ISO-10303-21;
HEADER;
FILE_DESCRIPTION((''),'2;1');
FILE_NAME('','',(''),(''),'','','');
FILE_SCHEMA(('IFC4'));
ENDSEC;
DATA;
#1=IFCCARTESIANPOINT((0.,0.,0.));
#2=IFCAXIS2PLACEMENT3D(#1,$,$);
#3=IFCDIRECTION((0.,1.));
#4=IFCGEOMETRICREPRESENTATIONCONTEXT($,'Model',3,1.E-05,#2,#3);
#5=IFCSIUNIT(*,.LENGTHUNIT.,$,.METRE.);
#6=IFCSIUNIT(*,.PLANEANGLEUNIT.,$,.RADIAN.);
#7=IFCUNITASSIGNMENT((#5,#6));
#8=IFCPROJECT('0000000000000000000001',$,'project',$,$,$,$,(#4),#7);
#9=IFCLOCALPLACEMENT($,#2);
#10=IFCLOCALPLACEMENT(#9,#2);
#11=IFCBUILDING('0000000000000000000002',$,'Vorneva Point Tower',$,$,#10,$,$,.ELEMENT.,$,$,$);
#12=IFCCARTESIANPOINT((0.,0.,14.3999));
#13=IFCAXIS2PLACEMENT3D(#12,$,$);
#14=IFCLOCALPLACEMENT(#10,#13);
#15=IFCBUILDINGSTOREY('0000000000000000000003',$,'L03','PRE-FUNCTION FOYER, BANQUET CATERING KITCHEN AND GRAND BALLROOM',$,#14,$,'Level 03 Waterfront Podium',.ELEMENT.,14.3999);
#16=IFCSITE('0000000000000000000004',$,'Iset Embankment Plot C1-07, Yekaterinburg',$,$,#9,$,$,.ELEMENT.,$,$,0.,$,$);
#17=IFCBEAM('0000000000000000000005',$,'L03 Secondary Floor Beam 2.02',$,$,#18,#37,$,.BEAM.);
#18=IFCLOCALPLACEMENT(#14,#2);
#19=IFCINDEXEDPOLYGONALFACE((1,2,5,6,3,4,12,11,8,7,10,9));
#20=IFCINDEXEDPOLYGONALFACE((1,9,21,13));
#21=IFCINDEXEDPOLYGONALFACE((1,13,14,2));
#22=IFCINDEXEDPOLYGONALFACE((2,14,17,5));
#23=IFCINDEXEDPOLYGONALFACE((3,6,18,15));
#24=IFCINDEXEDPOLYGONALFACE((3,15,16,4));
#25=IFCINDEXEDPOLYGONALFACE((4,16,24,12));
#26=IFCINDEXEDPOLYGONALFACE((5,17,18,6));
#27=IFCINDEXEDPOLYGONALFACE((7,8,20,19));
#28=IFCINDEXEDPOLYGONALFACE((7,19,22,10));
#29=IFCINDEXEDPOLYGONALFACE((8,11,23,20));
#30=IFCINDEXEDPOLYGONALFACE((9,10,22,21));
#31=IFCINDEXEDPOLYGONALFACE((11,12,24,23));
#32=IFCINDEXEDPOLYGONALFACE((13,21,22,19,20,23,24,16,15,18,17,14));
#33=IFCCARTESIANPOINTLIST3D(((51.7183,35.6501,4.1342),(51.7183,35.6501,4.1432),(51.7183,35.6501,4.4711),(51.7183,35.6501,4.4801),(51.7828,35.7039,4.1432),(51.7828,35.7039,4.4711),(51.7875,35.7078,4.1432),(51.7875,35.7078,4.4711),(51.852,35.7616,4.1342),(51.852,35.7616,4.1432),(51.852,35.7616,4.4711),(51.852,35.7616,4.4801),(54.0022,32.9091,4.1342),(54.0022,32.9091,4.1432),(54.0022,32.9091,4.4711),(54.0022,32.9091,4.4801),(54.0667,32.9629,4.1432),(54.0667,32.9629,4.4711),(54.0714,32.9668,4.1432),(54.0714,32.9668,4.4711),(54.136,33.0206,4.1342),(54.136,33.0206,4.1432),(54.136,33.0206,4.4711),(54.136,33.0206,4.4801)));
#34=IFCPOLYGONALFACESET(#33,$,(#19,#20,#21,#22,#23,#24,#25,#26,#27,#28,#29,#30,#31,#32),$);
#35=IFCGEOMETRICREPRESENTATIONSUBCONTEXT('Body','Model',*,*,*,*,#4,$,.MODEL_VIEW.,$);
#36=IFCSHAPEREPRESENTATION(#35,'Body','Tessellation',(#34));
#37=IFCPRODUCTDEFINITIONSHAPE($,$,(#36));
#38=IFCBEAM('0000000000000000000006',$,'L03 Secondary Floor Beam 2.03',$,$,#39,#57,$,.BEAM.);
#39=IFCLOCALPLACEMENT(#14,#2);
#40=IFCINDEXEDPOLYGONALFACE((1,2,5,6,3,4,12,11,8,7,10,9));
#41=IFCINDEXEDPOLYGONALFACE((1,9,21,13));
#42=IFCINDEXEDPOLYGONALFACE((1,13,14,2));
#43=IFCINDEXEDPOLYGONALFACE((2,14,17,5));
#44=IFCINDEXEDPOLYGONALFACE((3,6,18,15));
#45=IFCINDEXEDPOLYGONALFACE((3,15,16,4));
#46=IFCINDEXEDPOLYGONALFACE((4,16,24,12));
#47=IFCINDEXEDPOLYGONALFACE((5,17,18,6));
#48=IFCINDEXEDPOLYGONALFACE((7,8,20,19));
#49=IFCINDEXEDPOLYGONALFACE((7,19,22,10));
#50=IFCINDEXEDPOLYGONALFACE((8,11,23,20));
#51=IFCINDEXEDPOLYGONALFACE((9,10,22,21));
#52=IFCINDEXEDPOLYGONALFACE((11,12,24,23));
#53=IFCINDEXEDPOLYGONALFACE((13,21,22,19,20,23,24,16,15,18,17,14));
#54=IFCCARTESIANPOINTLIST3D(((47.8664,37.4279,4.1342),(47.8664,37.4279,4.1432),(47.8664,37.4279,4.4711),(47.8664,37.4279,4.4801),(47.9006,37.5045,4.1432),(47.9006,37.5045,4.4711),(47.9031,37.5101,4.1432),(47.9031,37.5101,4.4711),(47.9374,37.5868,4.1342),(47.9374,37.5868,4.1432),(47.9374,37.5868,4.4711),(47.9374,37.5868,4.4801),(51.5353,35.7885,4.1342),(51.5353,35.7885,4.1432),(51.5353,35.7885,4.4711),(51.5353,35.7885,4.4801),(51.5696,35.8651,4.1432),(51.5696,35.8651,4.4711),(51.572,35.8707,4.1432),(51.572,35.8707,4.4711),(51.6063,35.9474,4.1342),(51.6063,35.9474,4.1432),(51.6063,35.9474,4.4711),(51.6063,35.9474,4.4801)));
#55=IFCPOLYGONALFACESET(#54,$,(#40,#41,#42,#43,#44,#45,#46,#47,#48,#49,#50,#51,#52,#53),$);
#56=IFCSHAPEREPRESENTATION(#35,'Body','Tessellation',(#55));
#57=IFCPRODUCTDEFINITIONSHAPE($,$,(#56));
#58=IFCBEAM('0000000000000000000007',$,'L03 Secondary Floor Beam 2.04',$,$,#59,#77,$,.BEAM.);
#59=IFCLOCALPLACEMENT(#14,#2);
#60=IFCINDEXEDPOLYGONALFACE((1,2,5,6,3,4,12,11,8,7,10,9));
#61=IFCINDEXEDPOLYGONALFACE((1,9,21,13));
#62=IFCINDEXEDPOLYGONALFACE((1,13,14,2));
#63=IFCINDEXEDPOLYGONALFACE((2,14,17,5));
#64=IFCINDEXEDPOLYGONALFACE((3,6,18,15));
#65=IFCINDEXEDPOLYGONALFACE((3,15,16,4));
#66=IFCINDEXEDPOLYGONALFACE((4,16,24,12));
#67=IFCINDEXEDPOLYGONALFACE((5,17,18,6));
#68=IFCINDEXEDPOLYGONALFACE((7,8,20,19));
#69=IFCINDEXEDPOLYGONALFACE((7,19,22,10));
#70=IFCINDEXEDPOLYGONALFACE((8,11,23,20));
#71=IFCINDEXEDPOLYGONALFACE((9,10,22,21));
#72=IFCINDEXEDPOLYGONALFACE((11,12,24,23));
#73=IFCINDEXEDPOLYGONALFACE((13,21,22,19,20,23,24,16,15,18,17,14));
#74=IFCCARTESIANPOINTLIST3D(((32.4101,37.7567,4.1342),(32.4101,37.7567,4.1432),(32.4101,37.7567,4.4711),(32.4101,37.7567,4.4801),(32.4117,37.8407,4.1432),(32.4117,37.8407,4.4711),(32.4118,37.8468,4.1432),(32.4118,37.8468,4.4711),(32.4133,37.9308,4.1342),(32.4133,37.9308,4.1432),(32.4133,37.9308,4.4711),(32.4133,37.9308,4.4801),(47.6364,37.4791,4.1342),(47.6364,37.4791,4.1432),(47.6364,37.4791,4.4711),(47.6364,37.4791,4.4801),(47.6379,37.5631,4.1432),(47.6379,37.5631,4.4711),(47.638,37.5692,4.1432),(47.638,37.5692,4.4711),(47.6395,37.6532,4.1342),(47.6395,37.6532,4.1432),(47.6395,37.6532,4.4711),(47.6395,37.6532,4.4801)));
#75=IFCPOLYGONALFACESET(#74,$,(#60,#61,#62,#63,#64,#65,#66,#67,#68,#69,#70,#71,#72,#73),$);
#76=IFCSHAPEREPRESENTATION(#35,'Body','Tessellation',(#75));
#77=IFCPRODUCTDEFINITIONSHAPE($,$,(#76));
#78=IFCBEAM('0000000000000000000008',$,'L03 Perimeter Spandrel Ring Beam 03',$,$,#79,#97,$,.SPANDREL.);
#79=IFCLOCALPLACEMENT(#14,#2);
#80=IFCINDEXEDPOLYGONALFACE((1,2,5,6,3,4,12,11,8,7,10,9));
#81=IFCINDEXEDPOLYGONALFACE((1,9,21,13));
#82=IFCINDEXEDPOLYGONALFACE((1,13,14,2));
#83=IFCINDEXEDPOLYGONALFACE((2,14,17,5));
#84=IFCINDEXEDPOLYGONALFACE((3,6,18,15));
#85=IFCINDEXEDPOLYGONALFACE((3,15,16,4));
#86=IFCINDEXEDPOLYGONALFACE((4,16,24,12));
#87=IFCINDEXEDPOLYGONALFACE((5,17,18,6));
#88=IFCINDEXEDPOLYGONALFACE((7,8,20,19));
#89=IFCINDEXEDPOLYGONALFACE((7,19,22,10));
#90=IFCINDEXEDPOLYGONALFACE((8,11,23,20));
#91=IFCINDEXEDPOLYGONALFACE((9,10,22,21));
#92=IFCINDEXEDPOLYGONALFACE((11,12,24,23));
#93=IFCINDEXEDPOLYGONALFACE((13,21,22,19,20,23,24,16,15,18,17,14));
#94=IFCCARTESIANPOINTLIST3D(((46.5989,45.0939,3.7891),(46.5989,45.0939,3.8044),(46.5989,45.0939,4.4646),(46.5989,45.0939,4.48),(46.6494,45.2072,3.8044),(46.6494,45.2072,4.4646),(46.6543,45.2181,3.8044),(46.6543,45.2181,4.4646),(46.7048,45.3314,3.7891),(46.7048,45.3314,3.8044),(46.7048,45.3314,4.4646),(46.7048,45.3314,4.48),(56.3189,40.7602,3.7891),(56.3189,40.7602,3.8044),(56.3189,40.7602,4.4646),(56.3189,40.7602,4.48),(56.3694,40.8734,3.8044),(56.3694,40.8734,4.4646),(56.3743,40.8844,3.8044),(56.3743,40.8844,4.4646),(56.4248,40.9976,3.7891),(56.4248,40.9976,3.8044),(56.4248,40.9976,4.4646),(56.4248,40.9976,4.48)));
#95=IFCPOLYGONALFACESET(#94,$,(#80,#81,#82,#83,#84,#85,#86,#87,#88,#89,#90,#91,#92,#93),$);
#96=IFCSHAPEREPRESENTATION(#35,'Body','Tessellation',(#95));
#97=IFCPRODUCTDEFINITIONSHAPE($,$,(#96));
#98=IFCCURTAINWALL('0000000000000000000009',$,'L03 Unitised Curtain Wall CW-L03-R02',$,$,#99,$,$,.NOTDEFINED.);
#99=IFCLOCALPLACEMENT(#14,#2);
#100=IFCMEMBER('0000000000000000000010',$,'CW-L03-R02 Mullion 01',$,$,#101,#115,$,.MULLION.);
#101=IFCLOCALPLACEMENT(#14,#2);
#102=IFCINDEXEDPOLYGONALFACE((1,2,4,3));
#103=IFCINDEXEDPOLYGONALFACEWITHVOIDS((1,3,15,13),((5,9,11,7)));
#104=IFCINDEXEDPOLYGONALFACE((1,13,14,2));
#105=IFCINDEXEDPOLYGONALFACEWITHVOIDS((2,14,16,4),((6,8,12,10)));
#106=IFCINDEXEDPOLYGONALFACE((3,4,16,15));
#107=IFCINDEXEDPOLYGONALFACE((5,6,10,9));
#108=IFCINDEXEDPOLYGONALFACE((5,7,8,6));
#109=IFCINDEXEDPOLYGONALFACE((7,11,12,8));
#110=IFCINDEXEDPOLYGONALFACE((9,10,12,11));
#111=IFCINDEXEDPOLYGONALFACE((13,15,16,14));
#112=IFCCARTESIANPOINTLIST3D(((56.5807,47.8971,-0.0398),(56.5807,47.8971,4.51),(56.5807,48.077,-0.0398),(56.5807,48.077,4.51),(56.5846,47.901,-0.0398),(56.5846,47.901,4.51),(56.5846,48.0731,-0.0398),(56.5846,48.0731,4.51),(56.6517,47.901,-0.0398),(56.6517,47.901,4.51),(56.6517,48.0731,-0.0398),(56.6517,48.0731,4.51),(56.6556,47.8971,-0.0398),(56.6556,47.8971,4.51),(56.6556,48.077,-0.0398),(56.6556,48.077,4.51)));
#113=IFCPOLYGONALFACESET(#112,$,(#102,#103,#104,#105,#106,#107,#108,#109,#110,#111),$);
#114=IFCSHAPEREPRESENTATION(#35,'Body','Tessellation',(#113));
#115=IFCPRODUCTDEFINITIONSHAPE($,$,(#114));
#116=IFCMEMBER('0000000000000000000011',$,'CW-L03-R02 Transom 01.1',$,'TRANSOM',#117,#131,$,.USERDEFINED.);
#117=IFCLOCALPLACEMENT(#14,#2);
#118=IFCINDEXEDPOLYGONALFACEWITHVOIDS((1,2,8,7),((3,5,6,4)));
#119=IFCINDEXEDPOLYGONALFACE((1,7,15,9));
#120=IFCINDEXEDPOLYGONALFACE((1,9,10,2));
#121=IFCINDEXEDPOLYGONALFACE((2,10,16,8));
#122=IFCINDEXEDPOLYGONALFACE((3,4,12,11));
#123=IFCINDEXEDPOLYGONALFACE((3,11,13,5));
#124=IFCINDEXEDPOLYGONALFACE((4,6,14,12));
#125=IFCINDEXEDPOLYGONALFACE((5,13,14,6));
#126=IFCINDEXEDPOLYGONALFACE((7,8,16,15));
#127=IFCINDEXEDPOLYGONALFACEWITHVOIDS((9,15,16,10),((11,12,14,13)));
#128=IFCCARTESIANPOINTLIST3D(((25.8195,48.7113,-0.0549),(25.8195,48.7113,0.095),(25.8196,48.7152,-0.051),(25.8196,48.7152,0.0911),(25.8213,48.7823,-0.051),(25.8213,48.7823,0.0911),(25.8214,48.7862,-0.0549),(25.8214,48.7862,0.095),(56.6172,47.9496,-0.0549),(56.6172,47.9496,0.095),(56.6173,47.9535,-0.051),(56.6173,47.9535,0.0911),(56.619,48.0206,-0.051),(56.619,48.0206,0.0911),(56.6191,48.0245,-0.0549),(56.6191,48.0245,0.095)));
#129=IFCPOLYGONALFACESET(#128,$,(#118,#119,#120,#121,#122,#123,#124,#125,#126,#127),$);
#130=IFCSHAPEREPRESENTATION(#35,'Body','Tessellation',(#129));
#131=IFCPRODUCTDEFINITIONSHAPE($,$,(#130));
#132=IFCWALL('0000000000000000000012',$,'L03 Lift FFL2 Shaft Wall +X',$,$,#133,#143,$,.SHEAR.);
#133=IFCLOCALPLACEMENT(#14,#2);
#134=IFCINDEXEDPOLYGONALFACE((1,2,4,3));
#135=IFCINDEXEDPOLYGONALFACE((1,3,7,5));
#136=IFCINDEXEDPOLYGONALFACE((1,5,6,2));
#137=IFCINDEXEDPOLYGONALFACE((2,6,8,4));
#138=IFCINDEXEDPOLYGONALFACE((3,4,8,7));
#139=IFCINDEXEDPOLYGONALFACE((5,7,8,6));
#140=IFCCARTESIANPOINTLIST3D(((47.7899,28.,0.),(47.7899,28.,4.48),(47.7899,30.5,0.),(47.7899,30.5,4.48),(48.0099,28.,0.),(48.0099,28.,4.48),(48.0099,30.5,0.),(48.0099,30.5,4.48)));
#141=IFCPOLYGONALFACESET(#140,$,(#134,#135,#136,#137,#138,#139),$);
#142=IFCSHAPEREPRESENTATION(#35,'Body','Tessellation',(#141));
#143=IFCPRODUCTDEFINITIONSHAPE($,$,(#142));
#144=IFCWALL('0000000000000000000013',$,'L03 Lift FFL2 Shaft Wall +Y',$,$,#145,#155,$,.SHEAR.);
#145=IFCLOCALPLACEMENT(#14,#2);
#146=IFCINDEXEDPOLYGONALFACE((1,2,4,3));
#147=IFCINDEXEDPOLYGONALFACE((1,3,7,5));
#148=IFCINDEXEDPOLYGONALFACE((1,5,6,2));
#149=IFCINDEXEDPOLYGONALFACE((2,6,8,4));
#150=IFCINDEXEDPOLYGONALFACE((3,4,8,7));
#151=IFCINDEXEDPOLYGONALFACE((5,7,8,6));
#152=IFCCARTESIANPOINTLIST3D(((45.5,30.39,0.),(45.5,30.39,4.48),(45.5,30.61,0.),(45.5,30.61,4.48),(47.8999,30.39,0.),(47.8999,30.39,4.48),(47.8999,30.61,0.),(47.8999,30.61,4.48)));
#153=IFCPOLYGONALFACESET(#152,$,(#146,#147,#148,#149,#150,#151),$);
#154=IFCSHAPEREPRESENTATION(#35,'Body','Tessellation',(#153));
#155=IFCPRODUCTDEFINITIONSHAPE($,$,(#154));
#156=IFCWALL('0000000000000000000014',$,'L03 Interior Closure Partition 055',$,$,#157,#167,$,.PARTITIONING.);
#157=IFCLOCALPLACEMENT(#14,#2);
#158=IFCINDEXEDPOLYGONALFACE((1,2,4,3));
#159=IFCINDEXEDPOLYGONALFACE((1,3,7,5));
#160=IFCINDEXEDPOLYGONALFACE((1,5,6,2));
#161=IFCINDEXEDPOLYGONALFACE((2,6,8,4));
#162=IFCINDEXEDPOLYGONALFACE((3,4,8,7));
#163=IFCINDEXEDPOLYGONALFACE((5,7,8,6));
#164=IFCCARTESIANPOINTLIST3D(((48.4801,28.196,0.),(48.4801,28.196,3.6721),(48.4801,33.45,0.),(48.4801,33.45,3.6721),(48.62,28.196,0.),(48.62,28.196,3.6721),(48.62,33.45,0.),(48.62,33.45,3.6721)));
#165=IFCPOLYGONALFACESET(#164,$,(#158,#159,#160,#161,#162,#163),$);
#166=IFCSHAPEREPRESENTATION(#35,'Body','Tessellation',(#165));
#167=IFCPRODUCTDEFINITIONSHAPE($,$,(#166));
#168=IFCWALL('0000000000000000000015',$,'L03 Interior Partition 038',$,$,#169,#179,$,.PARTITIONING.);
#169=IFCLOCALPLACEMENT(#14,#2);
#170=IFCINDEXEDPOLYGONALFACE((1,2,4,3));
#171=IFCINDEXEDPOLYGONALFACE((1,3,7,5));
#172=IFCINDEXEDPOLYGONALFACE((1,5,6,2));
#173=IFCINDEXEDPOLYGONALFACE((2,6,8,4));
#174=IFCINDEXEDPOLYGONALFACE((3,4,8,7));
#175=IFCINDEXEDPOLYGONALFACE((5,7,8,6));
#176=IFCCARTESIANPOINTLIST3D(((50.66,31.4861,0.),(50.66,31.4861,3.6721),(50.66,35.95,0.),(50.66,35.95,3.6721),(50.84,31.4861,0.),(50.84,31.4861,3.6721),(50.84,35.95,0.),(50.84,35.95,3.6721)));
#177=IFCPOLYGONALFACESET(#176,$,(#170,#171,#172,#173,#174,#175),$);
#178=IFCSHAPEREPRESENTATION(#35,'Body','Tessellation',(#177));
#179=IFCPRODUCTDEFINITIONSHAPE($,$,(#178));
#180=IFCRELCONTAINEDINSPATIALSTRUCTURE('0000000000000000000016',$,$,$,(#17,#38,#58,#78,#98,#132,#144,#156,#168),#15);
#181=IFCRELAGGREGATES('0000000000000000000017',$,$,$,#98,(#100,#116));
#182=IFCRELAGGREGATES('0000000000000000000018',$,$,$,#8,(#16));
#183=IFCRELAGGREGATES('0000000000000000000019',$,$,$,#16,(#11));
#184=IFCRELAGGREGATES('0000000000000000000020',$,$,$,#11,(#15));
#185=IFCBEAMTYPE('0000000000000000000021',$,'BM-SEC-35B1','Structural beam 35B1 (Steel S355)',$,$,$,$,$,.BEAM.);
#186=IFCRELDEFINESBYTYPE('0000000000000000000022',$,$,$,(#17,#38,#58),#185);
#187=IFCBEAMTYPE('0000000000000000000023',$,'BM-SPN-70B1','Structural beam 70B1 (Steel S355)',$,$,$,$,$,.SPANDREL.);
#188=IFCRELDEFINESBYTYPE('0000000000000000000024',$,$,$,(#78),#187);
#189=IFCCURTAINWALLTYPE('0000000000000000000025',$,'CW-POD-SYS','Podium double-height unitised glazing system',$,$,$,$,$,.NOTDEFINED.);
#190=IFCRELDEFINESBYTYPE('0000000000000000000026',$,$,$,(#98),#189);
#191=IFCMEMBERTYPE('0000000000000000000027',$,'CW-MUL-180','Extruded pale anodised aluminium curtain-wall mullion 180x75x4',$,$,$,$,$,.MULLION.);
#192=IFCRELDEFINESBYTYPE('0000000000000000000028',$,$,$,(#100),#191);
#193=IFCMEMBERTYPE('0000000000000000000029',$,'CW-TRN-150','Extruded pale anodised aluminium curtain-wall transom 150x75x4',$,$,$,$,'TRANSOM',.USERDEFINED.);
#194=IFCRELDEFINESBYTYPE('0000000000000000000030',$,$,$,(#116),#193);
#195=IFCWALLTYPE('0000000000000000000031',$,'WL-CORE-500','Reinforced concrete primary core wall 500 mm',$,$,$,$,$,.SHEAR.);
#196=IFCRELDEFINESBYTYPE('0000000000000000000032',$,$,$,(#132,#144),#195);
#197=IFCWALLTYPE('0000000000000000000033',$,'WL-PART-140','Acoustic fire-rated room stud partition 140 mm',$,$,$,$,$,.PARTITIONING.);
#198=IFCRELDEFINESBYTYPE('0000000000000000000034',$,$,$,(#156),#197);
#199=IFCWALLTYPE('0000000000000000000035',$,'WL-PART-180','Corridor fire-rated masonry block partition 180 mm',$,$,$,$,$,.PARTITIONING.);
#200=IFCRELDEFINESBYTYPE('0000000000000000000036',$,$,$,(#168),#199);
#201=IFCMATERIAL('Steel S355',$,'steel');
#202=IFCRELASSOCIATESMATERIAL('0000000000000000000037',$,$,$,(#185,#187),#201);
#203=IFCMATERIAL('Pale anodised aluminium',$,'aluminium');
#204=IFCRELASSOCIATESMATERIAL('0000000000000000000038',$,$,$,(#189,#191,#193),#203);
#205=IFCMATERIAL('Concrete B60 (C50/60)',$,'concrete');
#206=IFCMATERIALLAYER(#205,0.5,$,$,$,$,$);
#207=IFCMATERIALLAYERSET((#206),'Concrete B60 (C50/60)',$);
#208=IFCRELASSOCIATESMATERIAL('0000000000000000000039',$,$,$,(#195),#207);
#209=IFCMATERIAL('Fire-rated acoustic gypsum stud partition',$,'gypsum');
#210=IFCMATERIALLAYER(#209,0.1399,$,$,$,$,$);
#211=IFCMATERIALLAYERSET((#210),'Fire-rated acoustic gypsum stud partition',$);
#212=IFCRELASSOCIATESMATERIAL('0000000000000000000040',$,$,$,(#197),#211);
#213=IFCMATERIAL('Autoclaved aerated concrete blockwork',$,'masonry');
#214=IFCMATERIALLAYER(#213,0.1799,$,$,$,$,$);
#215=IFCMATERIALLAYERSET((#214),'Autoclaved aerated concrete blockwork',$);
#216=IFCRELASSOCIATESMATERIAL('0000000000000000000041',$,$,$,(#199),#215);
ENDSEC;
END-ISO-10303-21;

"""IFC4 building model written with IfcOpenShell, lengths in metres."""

from ifc_helpers import new_model, si_unit, direction, frame, frame_2d, origin, origin_2d, place, context, subcontext, project, spatial, rectangle, hollow_rectangle, i_section, extrude, material, layer, layer_set, material_profile, profile_set, type_object, element, aggregate, save


model = new_model("IFC4")

# Units and contexts
model_context = context("Model", 3, precision=1e-05, world=origin(), true_north=direction((0.0, 1.0)))
body_context = subcontext(model_context, "Body", "Model", "MODEL_VIEW")
ifc_project = project(units=[si_unit("LENGTHUNIT", "METRE"), si_unit("PLANEANGLEUNIT", "RADIAN")], contexts=[model_context])

# Site, building, storey
site_placement = place(None, origin())
site = spatial("IfcSite", under=ifc_project, at=site_placement, Name="Iset Embankment Plot C1-07, Yekaterinburg", CompositionType="ELEMENT", RefElevation=0.0)
building_placement = place(site_placement, origin())
building = spatial("IfcBuilding", under=site, at=building_placement, Name="Vorneva Point Tower", CompositionType="ELEMENT")
storey_placement = place(building_placement, frame((0.0, 0.0, 14.3999)))
storey = spatial("IfcBuildingStorey", under=building, at=storey_placement, Name="L03", Description="PRE-FUNCTION FOYER, BANQUET CATERING KITCHEN AND GRAND BALLROOM", LongName="Level 03 Waterfront Podium", CompositionType="ELEMENT", Elevation=14.3999)

# Shared definitions
ifc_material_1 = material(Name="Concrete B60 (C50/60)", Category="concrete")

# Beams
ifc_material_2 = material(Name="Steel S355", Category="steel")
ifc_material_profile_1 = material_profile(ifc_material_2, i_section(OverallWidth=0.1741, OverallDepth=0.3459, WebThickness=0.0061, FlangeThickness=0.009, at=origin_2d()), Name="35B1")
ifc_profile_set_1 = profile_set([ifc_material_profile_1], Name="Steel S355")
beam_type_1 = type_object("IfcBeamType", Name="BM-SEC-35B1", Description="Structural beam 35B1 (Steel S355)", PredefinedType="BEAM", material=ifc_profile_set_1)
beam_1_placement = place(storey_placement, frame((54.0691, 32.9648, 4.3071), z_axis=(-0.640151, 0.768249, 0.0), x_axis=(-0.768249, -0.640151, 0.0)))
element("IfcBeam", 1, at=beam_1_placement, inside=storey, type_object=beam_type_1, Name="L03 Secondary Floor Beam 2.02", PredefinedType="BEAM", context=body_context, shape_type="SweptSolid", body=[
    extrude(i_section(OverallWidth=0.1741, OverallDepth=0.3459, WebThickness=0.0061, FlangeThickness=0.009, at=origin_2d()), origin(), (0.0, 0.0, 1.0), 3.5679),
])
beam_2_placement = place(storey_placement, frame((51.5708, 35.8679, 4.3071), z_axis=(-0.913001, 0.407958, 0.0), x_axis=(-0.407958, -0.913001, 0.0)))
element("IfcBeam", 2, at=beam_2_placement, inside=storey, type_object=beam_type_1, Name="L03 Secondary Floor Beam 2.03", PredefinedType="BEAM", context=body_context, shape_type="SweptSolid", body=[
    extrude(i_section(OverallWidth=0.1741, OverallDepth=0.3459, WebThickness=0.0061, FlangeThickness=0.009, at=origin_2d()), origin(), (0.0, 0.0, 1.0), 4.0186),
])
beam_3_placement = place(storey_placement, frame((47.6379, 37.5662, 4.3071), z_axis=(-0.999834, 0.018228, 0.0), x_axis=(-0.018228, -0.999834, 0.0)))
element("IfcBeam", 3, at=beam_3_placement, inside=storey, type_object=beam_type_1, Name="L03 Secondary Floor Beam 2.04", PredefinedType="BEAM", context=body_context, shape_type="SweptSolid", body=[
    extrude(i_section(OverallWidth=0.1741, OverallDepth=0.3459, WebThickness=0.0061, FlangeThickness=0.009, at=origin_2d()), origin(), (0.0, 0.0, 1.0), 15.2288),
])
ifc_material_profile_2 = material_profile(ifc_material_2, i_section(OverallWidth=0.26, OverallDepth=0.6909, WebThickness=0.012, FlangeThickness=0.0154, at=origin_2d()), Name="70B1")
ifc_profile_set_2 = profile_set([ifc_material_profile_2], Name="Steel S355")
beam_type_2 = type_object("IfcBeamType", Name="BM-SPN-70B1", Description="Structural beam 70B1 (Steel S355)", PredefinedType="SPANDREL", material=ifc_profile_set_2)
beam_4_placement = place(storey_placement, frame((56.3718, 40.8789, 4.1345), z_axis=(-0.913331, 0.407217, 0.0), x_axis=(-0.407217, -0.913331, 0.0)))
element("IfcBeam", 4, at=beam_4_placement, inside=storey, type_object=beam_type_2, Name="L03 Perimeter Spandrel Ring Beam 03", PredefinedType="SPANDREL", context=body_context, shape_type="SweptSolid", body=[
    extrude(i_section(OverallWidth=0.26, OverallDepth=0.6909, WebThickness=0.012, FlangeThickness=0.0154, at=origin_2d()), origin(), (0.0, 0.0, 1.0), 10.6423),
])

# Curtain wall, members
ifc_material_3 = material(Name="Pale anodised aluminium", Category="aluminium")
curtain_wall_type = type_object("IfcCurtainWallType", Name="CW-POD-SYS", Description="Podium double-height unitised glazing system", PredefinedType="NOTDEFINED", material=ifc_material_3)
curtain_wall_placement = place(storey_placement, origin())
curtain_wall = element("IfcCurtainWall", 5, at=curtain_wall_placement, inside=storey, type_object=curtain_wall_type, Name="L03 Unitised Curtain Wall CW-L03-R02", PredefinedType="NOTDEFINED")
ifc_material_profile_3 = material_profile(ifc_material_3, hollow_rectangle(XDim=0.075, YDim=0.1799, WallThickness=0.0039, at=origin_2d()), Name="AL-MUL 180x75x4")
ifc_profile_set_3 = profile_set([ifc_material_profile_3], Name="Pale anodised aluminium")
member_type_1 = type_object("IfcMemberType", Name="CW-MUL-180", Description="Extruded pale anodised aluminium curtain-wall mullion 180x75x4", PredefinedType="MULLION", material=ifc_profile_set_3)
member_1_placement = place(storey_placement, frame((56.6182, 47.9871, -0.0398), z_axis=(0.0, 0.0, 1.0), x_axis=(1.0, 0.0, 0.0)))
member_1 = element("IfcMember", 6, at=member_1_placement, type_object=member_type_1, Name="CW-L03-R02 Mullion 01", PredefinedType="MULLION", context=body_context, shape_type="SweptSolid", body=[
    extrude(hollow_rectangle(XDim=0.075, YDim=0.1799, WallThickness=0.0039, at=origin_2d()), origin(), (0.0, 0.0, 1.0), 4.5498),
])
ifc_material_profile_4 = material_profile(ifc_material_3, hollow_rectangle(XDim=0.075, YDim=0.1499, WallThickness=0.0039, at=origin_2d()), Name="AL-TRN 150x75x4")
ifc_profile_set_4 = profile_set([ifc_material_profile_4], Name="Pale anodised aluminium")
member_type_2 = type_object("IfcMemberType", Name="CW-TRN-150", Description="Extruded pale anodised aluminium curtain-wall transom 150x75x4", ElementType="TRANSOM", PredefinedType="USERDEFINED", material=ifc_profile_set_4)
member_2_placement = place(storey_placement, frame((56.6182, 47.9871, 0.02), z_axis=(-0.999694, 0.024725, 0.0), x_axis=(-0.024725, -0.999694, 0.0)))
member_2 = element("IfcMember", 7, at=member_2_placement, type_object=member_type_2, Name="CW-L03-R02 Transom 01.1", ObjectType="TRANSOM", PredefinedType="USERDEFINED", context=body_context, shape_type="SweptSolid", body=[
    extrude(hollow_rectangle(XDim=0.075, YDim=0.1499, WallThickness=0.0039, at=origin_2d()), origin(), (0.0, 0.0, 1.0), 30.8071),
])
aggregate(curtain_wall, [member_1, member_2])

# Walls
ifc_layer_1 = layer(ifc_material_1, 0.5)
ifc_layer_set_1 = layer_set([ifc_layer_1], Name="Concrete B60 (C50/60)")
wall_type_1 = type_object("IfcWallType", Name="WL-CORE-500", Description="Reinforced concrete primary core wall 500 mm", PredefinedType="SHEAR", material=ifc_layer_set_1)
wall_1_placement = place(storey_placement, frame((47.8999, 28.0, 0.0), z_axis=(0.0, 0.0, 1.0), x_axis=(0.0, 1.0, 0.0)))
element("IfcWall", 8, at=wall_1_placement, inside=storey, type_object=wall_type_1, Name="L03 Lift FFL2 Shaft Wall +X", PredefinedType="SHEAR", context=body_context, shape_type="SweptSolid", body=[
    extrude(rectangle(XDim=2.5, YDim=0.22, at=frame_2d((1.25, 0.0))), origin(), (0.0, 0.0, 1.0), 4.48),
])
wall_2_placement = place(storey_placement, frame((47.8999, 30.5, 0.0), z_axis=(0.0, 0.0, 1.0), x_axis=(-1.0, 0.0, 0.0)))
element("IfcWall", 9, at=wall_2_placement, inside=storey, type_object=wall_type_1, Name="L03 Lift FFL2 Shaft Wall +Y", PredefinedType="SHEAR", context=body_context, shape_type="SweptSolid", body=[
    extrude(rectangle(XDim=2.3999, YDim=0.22, at=frame_2d((1.2, 0.0))), origin(), (0.0, 0.0, 1.0), 4.48),
])
ifc_material_4 = material(Name="Fire-rated acoustic gypsum stud partition", Category="gypsum")
ifc_layer_2 = layer(ifc_material_4, 0.1399)
ifc_layer_set_2 = layer_set([ifc_layer_2], Name="Fire-rated acoustic gypsum stud partition")
wall_type_2 = type_object("IfcWallType", Name="WL-PART-140", Description="Acoustic fire-rated room stud partition 140 mm", PredefinedType="PARTITIONING", material=ifc_layer_set_2)
wall_3_placement = place(storey_placement, frame((48.55, 33.45, 0.0), z_axis=(0.0, 0.0, 1.0), x_axis=(0.0, -1.0, 0.0)))
element("IfcWall", 10, at=wall_3_placement, inside=storey, type_object=wall_type_2, Name="L03 Interior Closure Partition 055", PredefinedType="PARTITIONING", context=body_context, shape_type="SweptSolid", body=[
    extrude(rectangle(XDim=5.2539, YDim=0.1399, at=frame_2d((2.627, 0.0))), origin(), (0.0, 0.0, 1.0), 3.6721),
])
ifc_material_5 = material(Name="Autoclaved aerated concrete blockwork", Category="masonry")
ifc_layer_3 = layer(ifc_material_5, 0.1799)
ifc_layer_set_3 = layer_set([ifc_layer_3], Name="Autoclaved aerated concrete blockwork")
wall_type_3 = type_object("IfcWallType", Name="WL-PART-180", Description="Corridor fire-rated masonry block partition 180 mm", PredefinedType="PARTITIONING", material=ifc_layer_set_3)
wall_4_placement = place(storey_placement, frame((50.75, 31.4861, 0.0), z_axis=(0.0, 0.0, 1.0), x_axis=(0.0, 1.0, 0.0)))
element("IfcWall", 11, at=wall_4_placement, inside=storey, type_object=wall_type_3, Name="L03 Interior Partition 038", PredefinedType="PARTITIONING", context=body_context, shape_type="SweptSolid", body=[
    extrude(rectangle(XDim=4.4639, YDim=0.1799, at=frame_2d((2.2319, 0.0))), origin(), (0.0, 0.0, 1.0), 3.6721),
])

save(model, "model.ifc")
